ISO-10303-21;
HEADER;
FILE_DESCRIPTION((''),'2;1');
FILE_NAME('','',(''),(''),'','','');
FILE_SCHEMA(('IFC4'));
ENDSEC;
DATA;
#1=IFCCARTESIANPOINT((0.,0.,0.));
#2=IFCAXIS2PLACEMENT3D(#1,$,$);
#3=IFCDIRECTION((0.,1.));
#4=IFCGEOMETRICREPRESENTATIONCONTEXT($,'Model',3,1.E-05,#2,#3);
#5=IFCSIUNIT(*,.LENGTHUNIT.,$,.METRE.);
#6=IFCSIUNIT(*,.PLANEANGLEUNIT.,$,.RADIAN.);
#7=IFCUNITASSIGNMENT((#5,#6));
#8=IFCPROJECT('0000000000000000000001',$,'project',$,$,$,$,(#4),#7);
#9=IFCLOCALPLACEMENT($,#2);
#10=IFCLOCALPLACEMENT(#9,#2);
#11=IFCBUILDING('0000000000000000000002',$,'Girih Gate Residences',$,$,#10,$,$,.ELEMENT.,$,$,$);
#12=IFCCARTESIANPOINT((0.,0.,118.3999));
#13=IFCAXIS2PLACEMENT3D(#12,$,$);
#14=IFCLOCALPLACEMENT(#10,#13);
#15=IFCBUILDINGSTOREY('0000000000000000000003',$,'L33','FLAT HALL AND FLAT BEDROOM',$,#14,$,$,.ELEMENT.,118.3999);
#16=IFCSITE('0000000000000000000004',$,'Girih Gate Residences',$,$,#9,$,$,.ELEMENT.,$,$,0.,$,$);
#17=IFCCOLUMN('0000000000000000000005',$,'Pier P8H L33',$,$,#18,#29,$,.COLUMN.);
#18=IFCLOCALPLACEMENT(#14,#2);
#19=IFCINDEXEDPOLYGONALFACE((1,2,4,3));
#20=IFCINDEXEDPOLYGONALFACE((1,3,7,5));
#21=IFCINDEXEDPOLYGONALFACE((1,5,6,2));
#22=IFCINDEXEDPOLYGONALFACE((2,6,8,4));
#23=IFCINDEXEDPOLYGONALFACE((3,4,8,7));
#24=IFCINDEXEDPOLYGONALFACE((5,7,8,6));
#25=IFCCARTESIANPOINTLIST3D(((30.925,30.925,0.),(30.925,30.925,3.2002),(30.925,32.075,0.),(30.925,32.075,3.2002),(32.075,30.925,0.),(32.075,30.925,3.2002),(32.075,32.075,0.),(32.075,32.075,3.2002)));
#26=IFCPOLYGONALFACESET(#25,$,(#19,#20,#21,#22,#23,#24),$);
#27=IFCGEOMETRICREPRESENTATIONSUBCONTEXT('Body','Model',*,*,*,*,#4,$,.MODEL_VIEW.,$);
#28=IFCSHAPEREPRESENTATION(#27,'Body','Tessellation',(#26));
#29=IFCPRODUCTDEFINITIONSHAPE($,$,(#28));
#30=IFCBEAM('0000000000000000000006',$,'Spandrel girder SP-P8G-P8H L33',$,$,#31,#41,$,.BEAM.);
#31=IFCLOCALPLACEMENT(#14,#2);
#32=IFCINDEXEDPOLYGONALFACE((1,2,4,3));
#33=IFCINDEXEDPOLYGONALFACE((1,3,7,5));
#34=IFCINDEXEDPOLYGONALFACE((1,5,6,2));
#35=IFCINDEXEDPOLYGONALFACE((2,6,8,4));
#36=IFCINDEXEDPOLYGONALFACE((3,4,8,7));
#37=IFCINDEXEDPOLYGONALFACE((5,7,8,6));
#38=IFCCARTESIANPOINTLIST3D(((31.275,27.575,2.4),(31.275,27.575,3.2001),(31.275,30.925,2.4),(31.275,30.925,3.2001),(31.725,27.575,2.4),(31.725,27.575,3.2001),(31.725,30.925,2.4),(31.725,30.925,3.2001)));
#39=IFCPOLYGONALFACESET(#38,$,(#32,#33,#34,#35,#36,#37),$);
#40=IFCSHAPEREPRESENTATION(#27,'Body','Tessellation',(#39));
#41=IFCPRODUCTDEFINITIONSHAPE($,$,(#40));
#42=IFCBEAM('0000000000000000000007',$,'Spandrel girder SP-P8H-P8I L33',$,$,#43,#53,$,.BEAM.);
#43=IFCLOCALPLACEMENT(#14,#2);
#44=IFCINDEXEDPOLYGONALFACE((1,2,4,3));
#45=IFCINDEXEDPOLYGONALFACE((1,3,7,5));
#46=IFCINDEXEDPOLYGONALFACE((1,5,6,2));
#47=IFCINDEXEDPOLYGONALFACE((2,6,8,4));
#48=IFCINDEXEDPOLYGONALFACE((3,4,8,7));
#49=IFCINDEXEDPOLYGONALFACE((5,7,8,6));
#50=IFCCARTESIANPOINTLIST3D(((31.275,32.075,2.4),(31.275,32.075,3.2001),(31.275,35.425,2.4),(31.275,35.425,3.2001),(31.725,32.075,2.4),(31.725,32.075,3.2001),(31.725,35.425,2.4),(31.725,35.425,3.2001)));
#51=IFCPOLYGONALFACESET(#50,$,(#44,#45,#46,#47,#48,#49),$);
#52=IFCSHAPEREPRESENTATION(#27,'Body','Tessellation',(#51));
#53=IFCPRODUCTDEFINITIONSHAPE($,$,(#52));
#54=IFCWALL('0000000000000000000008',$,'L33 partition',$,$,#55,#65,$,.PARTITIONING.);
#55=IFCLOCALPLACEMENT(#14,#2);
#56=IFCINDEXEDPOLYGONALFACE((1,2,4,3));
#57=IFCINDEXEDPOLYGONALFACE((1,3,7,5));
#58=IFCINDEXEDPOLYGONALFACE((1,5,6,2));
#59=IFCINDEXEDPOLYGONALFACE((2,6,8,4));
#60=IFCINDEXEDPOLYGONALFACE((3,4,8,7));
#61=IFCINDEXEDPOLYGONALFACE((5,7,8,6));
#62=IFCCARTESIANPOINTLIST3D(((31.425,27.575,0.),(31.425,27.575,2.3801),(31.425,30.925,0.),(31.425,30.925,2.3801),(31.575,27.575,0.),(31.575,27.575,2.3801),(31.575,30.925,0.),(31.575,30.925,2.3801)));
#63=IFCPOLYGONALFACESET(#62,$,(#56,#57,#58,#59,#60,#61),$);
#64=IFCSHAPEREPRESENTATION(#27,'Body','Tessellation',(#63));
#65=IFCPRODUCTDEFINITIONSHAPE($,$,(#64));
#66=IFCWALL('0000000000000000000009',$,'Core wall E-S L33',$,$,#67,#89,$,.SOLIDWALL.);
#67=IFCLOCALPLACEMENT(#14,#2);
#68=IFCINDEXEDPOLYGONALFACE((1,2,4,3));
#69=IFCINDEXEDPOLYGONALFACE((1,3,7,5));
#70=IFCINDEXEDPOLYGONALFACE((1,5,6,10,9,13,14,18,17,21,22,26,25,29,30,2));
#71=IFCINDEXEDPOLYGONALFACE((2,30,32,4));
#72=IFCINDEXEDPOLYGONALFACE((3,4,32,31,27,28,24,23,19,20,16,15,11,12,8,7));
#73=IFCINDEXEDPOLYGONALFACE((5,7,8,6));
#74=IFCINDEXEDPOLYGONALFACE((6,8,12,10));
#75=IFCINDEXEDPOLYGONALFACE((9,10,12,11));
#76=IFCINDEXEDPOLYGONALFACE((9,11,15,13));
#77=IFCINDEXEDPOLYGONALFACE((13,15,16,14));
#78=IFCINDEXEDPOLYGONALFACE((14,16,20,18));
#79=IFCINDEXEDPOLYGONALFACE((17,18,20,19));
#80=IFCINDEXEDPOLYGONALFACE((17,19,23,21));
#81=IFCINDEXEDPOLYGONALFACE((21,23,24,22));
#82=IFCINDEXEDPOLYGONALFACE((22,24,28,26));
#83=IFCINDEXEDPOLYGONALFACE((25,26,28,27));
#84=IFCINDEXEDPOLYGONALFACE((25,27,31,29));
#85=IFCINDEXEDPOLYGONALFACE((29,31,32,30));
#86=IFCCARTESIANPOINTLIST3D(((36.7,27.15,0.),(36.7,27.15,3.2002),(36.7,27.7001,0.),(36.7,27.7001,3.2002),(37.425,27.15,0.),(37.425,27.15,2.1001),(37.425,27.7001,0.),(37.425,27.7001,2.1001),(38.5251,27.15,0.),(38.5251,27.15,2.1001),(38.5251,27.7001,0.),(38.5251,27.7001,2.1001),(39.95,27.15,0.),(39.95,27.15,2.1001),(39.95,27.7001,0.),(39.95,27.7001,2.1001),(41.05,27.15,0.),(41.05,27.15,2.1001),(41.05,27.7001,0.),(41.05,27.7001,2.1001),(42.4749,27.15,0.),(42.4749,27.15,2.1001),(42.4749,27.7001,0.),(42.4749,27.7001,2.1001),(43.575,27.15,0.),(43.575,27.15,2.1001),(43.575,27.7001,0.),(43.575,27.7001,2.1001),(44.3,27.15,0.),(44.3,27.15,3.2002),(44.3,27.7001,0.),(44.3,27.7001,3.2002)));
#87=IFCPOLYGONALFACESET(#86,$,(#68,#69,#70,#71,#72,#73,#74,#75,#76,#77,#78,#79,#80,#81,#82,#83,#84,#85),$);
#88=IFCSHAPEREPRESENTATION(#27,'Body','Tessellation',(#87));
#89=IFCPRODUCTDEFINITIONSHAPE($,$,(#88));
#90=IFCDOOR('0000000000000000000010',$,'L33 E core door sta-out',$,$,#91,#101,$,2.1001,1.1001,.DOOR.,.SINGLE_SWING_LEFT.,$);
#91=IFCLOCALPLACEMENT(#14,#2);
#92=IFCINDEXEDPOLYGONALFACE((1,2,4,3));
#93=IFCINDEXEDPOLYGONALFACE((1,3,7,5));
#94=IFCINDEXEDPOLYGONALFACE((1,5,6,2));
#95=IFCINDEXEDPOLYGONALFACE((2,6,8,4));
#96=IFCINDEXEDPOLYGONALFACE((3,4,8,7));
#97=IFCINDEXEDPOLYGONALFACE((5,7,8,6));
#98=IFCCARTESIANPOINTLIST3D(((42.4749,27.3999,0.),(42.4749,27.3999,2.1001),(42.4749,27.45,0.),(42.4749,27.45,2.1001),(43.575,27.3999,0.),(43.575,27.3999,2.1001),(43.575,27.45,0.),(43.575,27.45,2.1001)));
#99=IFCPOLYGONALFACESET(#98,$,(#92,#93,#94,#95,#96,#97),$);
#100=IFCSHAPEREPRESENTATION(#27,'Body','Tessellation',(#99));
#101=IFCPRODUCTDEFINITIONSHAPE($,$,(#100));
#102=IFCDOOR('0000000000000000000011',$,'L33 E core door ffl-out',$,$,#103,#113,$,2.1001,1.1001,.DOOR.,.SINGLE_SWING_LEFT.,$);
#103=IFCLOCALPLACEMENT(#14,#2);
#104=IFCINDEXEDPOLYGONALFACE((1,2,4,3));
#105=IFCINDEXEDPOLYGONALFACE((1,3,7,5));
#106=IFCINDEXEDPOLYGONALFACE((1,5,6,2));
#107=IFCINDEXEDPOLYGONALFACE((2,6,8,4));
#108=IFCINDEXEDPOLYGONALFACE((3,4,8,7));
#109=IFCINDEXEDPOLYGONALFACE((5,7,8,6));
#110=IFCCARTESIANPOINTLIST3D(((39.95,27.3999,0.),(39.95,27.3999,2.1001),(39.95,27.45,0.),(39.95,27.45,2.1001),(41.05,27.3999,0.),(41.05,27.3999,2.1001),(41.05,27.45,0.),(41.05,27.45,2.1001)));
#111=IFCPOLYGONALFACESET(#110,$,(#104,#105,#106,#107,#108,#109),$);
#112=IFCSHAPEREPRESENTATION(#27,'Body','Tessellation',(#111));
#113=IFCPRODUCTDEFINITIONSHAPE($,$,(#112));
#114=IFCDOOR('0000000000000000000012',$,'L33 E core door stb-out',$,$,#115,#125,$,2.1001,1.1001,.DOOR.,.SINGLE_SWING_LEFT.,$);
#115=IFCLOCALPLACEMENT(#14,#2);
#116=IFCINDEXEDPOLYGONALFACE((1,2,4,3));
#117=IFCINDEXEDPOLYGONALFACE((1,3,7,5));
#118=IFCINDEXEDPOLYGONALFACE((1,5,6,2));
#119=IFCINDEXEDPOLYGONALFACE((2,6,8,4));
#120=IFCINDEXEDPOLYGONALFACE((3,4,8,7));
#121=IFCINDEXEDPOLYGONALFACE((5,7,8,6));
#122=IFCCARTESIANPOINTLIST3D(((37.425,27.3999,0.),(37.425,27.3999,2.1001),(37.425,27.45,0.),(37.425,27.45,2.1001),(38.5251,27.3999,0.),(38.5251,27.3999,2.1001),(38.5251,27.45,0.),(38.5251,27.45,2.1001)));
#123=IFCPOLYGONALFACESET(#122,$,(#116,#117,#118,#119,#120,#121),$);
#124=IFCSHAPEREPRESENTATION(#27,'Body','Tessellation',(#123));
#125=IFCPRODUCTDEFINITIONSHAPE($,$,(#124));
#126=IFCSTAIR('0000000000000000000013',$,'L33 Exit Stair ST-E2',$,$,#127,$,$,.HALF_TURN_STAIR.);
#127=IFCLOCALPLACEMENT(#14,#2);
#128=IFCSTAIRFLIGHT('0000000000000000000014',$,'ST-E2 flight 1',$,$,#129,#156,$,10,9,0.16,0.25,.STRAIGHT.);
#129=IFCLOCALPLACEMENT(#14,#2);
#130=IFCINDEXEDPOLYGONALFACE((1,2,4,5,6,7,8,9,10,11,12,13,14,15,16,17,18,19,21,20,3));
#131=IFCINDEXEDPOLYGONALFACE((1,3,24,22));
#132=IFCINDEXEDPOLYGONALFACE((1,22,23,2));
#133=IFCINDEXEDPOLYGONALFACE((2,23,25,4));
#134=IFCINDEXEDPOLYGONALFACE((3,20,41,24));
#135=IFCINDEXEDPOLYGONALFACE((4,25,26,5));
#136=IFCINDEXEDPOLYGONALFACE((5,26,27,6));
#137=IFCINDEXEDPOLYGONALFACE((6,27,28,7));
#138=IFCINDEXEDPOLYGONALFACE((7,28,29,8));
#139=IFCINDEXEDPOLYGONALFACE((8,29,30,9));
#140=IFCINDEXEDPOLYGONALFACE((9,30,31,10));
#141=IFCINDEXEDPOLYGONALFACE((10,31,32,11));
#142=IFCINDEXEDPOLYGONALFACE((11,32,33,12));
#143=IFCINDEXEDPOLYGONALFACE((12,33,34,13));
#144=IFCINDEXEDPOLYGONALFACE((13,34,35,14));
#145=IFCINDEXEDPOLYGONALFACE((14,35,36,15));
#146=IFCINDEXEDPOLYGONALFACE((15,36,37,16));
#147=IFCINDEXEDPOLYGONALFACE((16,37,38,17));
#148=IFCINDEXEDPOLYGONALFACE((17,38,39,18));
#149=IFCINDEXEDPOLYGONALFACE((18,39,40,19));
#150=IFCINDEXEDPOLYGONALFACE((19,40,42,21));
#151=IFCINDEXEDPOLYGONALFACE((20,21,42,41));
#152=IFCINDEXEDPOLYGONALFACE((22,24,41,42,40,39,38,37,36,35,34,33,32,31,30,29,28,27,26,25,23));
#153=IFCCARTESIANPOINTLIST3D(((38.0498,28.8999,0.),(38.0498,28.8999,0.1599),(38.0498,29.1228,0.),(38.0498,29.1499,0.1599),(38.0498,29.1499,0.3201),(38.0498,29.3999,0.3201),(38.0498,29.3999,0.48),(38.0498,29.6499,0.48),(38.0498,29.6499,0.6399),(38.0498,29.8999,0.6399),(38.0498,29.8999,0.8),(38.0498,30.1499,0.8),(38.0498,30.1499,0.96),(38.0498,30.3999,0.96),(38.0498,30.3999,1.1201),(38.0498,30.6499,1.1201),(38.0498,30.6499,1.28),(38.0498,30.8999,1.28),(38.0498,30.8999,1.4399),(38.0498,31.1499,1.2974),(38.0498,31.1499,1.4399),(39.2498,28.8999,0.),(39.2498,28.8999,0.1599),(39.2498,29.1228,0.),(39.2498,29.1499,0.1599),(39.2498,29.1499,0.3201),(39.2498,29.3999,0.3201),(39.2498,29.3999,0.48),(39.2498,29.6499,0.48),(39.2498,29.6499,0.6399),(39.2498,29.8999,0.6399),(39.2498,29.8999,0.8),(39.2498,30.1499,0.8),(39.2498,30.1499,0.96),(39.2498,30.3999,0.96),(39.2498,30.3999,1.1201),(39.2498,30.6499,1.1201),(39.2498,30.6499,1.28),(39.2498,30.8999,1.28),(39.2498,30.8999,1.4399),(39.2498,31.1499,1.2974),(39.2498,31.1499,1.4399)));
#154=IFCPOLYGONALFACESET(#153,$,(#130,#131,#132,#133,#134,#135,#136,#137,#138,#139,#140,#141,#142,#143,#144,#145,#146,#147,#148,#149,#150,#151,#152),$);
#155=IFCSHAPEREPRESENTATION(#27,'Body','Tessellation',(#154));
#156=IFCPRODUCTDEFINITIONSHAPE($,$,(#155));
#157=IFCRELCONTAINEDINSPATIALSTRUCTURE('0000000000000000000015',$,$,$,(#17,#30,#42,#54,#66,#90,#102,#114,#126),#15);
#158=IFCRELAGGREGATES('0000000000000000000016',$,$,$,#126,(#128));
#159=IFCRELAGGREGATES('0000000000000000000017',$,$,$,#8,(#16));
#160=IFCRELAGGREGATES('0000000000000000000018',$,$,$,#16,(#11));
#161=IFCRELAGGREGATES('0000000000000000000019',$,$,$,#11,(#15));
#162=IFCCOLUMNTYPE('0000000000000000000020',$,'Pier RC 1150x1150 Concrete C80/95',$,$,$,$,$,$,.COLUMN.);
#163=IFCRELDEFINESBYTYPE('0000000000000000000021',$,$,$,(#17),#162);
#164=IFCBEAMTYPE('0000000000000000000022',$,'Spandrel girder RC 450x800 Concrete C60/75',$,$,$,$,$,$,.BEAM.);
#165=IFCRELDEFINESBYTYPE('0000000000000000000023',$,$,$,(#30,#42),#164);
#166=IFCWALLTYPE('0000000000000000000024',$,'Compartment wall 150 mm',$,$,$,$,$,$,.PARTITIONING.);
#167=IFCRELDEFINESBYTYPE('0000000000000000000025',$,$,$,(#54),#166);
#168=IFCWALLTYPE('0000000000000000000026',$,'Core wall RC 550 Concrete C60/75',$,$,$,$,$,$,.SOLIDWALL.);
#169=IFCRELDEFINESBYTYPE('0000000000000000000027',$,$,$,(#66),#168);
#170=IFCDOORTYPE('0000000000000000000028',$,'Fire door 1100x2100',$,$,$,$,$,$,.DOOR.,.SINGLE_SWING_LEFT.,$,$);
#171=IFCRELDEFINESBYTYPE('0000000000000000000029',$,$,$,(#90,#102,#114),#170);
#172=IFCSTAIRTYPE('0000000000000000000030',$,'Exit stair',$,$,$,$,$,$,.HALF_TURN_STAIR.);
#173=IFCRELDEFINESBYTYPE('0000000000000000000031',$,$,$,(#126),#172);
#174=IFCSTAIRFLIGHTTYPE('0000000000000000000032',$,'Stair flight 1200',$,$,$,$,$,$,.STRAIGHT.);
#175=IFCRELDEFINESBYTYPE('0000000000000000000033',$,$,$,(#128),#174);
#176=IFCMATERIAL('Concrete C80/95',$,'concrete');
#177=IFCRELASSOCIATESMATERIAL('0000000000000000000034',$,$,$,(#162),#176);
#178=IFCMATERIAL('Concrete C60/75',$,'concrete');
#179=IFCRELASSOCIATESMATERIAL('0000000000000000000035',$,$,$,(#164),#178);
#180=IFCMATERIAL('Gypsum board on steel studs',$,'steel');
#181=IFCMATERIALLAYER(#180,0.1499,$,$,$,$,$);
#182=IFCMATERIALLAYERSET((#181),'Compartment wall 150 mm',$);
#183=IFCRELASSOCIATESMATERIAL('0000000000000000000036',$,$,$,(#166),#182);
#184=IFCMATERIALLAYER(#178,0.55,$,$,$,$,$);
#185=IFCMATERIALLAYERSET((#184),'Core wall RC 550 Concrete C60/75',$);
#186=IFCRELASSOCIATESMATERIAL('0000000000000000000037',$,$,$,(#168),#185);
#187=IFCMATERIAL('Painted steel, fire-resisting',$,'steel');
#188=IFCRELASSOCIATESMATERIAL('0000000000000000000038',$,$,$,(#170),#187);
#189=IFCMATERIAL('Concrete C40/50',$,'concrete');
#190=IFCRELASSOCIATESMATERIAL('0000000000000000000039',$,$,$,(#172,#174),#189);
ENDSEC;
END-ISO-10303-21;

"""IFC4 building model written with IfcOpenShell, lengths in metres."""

from ifc_helpers import new_model, si_unit, direction, frame, frame_2d, origin, origin_2d, place, context, subcontext, project, spatial, polyline, rectangle, outline, extrude, material, layer, layer_set, material_profile, profile_set, type_object, element, fill, aggregate, save


model = new_model("IFC4")

# Units and contexts
model_context = context("Model", 3, precision=1e-05, world=origin(), true_north=direction((0.0, 1.0)))
body_context = subcontext(model_context, "Body", "Model", "MODEL_VIEW")
ifc_project = project(units=[si_unit("LENGTHUNIT", "METRE"), si_unit("PLANEANGLEUNIT", "RADIAN")], contexts=[model_context])

# Site, building, storey
site_placement = place(None, origin())
site = spatial("IfcSite", under=ifc_project, at=site_placement, Name="Girih Gate Residences", CompositionType="ELEMENT", RefElevation=0.0)
building_placement = place(site_placement, origin())
building = spatial("IfcBuilding", under=site, at=building_placement, Name="Girih Gate Residences", CompositionType="ELEMENT")
storey_placement = place(building_placement, frame((0.0, 0.0, 118.3999)))
storey = spatial("IfcBuildingStorey", under=building, at=storey_placement, Name="L33", Description="FLAT HALL AND FLAT BEDROOM", CompositionType="ELEMENT", Elevation=118.3999)

# Column
ifc_material_1 = material(Name="Concrete C80/95", Category="concrete")
ifc_material_profile_1 = material_profile(ifc_material_1, rectangle(XDim=1.1499, YDim=1.1499, at=origin_2d()))
ifc_profile_set_1 = profile_set([ifc_material_profile_1], Name="Concrete C80/95")
column_type = type_object("IfcColumnType", Name="Pier RC 1150x1150 Concrete C80/95", PredefinedType="COLUMN", material=ifc_profile_set_1)
column_placement = place(storey_placement, frame((31.5, 31.5, 0.0), z_axis=(0.0, 0.0, 1.0), x_axis=(1.0, 0.0, 0.0)))
element("IfcColumn", 1, at=column_placement, inside=storey, type_object=column_type, Name="Pier P8H L33", PredefinedType="COLUMN", context=body_context, shape_type="SweptSolid", body=[
    extrude(rectangle(XDim=1.1499, YDim=1.1499, at=origin_2d()), origin(), (0.0, 0.0, 1.0), 3.2002),
])

# Beams
ifc_material_2 = material(Name="Concrete C60/75", Category="concrete")
ifc_material_profile_2 = material_profile(ifc_material_2, rectangle(XDim=0.45, YDim=0.8, at=origin_2d()))
ifc_profile_set_2 = profile_set([ifc_material_profile_2], Name="Concrete C60/75")
beam_type = type_object("IfcBeamType", Name="Spandrel girder RC 450x800 Concrete C60/75", PredefinedType="BEAM", material=ifc_profile_set_2)
for number, where, z_axis, x_axis, name in (
    (2, (31.5, 27.575, 2.8), (0.0, 1.0, 0.0), (-1.0, 0.0, 0.0), "Spandrel girder SP-P8G-P8H L33"),
    (3, (31.5, 32.075, 2.8), (0.0, 1.0, 0.0), (-1.0, 0.0, 0.0), "Spandrel girder SP-P8H-P8I L33"),
):
    element("IfcBeam", number, at=place(storey_placement, frame(where, z_axis=z_axis, x_axis=x_axis)), inside=storey, type_object=beam_type, Name=name, PredefinedType="BEAM", context=body_context, shape_type="SweptSolid", body=[
        extrude(rectangle(XDim=0.45, YDim=0.8, at=origin_2d()), origin(), (0.0, 0.0, 1.0), 3.3501),
    ])

# Wall
ifc_material_3 = material(Name="Gypsum board on steel studs", Category="steel")
ifc_layer_1 = layer(ifc_material_3, 0.1499)
ifc_layer_set_1 = layer_set([ifc_layer_1], Name="Compartment wall 150 mm")
wall_type_1 = type_object("IfcWallType", Name="Compartment wall 150 mm", PredefinedType="PARTITIONING", material=ifc_layer_set_1)
wall_1_placement = place(storey_placement, frame((31.5, 27.575, 0.0), z_axis=(0.0, 0.0, 1.0), x_axis=(0.0, 1.0, 0.0)))
element("IfcWall", 4, at=wall_1_placement, inside=storey, type_object=wall_type_1, Name="L33 partition", PredefinedType="PARTITIONING", context=body_context, shape_type="SweptSolid", body=[
    extrude(rectangle(XDim=3.3501, YDim=0.1499, at=frame_2d((1.675, 0.0))), origin(), (0.0, 0.0, 1.0), 2.3801),
])

# Wall, openings, doors
ifc_layer_2 = layer(ifc_material_2, 0.55)
ifc_layer_set_2 = layer_set([ifc_layer_2], Name="Core wall RC 550 Concrete C60/75")
wall_type_2 = type_object("IfcWallType", Name="Core wall RC 550 Concrete C60/75", PredefinedType="SOLIDWALL", material=ifc_layer_set_2)
wall_2_placement = place(storey_placement, frame((36.7, 27.425, 0.0), z_axis=(0.0, 0.0, 1.0), x_axis=(1.0, 0.0, 0.0)))
wall_2 = element("IfcWall", 5, at=wall_2_placement, inside=storey, type_object=wall_type_2, Name="Core wall E-S L33", PredefinedType="SOLIDWALL", context=body_context, shape_type="SweptSolid", body=[
    extrude(rectangle(XDim=7.6001, YDim=0.55, at=frame_2d((3.8, 0.0))), origin(), (0.0, 0.0, 1.0), 3.2002),
])
opening_1_placement = place(wall_2_placement, frame((5.7749, 0.0, 0.0)))
opening_1 = element("IfcOpeningElement", 6, at=opening_1_placement, cuts=wall_2, PredefinedType="OPENING", context=body_context, shape_type="SweptSolid", body=[
    extrude(rectangle(XDim=1.1001, YDim=2.1001, at=frame_2d((0.55, 1.05))), frame((0.0, 0.2849, 0.0), z_axis=(0.0, -1.0, 0.0), x_axis=(1.0, 0.0, 0.0)), (0.0, 0.0, 1.0), 0.5701),
])
opening_2_placement = place(wall_2_placement, frame((3.25, 0.0, 0.0)))
opening_2 = element("IfcOpeningElement", 7, at=opening_2_placement, cuts=wall_2, PredefinedType="OPENING", context=body_context, shape_type="SweptSolid", body=[
    extrude(rectangle(XDim=1.1001, YDim=2.1001, at=frame_2d((0.55, 1.05))), frame((0.0, 0.2849, 0.0), z_axis=(0.0, -1.0, 0.0), x_axis=(1.0, 0.0, 0.0)), (0.0, 0.0, 1.0), 0.5701),
])
opening_3_placement = place(wall_2_placement, frame((0.7251, 0.0, 0.0)))
opening_3 = element("IfcOpeningElement", 8, at=opening_3_placement, cuts=wall_2, PredefinedType="OPENING", context=body_context, shape_type="SweptSolid", body=[
    extrude(rectangle(XDim=1.1001, YDim=2.1001, at=frame_2d((0.55, 1.05))), frame((0.0, 0.2849, 0.0), z_axis=(0.0, -1.0, 0.0), x_axis=(1.0, 0.0, 0.0)), (0.0, 0.0, 1.0), 0.5701),
])
ifc_material_4 = material(Name="Painted steel, fire-resisting", Category="steel")
door_type = type_object("IfcDoorType", Name="Fire door 1100x2100", OperationType="SINGLE_SWING_LEFT", PredefinedType="DOOR", material=ifc_material_4)
door_1_placement = place(opening_1_placement, origin())
door_1 = element("IfcDoor", 9, at=door_1_placement, inside=storey, type_object=door_type, Name="L33 E core door sta-out", OperationType="SINGLE_SWING_LEFT", OverallHeight=2.1001, OverallWidth=1.1001, PredefinedType="DOOR", context=body_context, shape_type="SweptSolid", body=[
    extrude(rectangle(XDim=1.1001, YDim=2.1001, at=frame_2d((0.55, 1.05))), frame((0.0, 0.0249, 0.0), z_axis=(0.0, -1.0, 0.0), x_axis=(1.0, 0.0, 0.0)), (0.0, 0.0, 1.0), 0.05),
])
fill(opening_1, door_1)
door_2_placement = place(opening_2_placement, origin())
door_2 = element("IfcDoor", 10, at=door_2_placement, inside=storey, type_object=door_type, Name="L33 E core door ffl-out", OperationType="SINGLE_SWING_LEFT", OverallHeight=2.1001, OverallWidth=1.1001, PredefinedType="DOOR", context=body_context, shape_type="SweptSolid", body=[
    extrude(rectangle(XDim=1.1001, YDim=2.1001, at=frame_2d((0.55, 1.05))), frame((0.0, 0.0249, 0.0), z_axis=(0.0, -1.0, 0.0), x_axis=(1.0, 0.0, 0.0)), (0.0, 0.0, 1.0), 0.05),
])
fill(opening_2, door_2)
door_3_placement = place(opening_3_placement, origin())
door_3 = element("IfcDoor", 11, at=door_3_placement, inside=storey, type_object=door_type, Name="L33 E core door stb-out", OperationType="SINGLE_SWING_LEFT", OverallHeight=2.1001, OverallWidth=1.1001, PredefinedType="DOOR", context=body_context, shape_type="SweptSolid", body=[
    extrude(rectangle(XDim=1.1001, YDim=2.1001, at=frame_2d((0.55, 1.05))), frame((0.0, 0.0249, 0.0), z_axis=(0.0, -1.0, 0.0), x_axis=(1.0, 0.0, 0.0)), (0.0, 0.0, 1.0), 0.05),
])
fill(opening_3, door_3)

# Stair, stair flight
ifc_material_5 = material(Name="Concrete C40/50", Category="concrete")
stair_type = type_object("IfcStairType", Name="Exit stair", PredefinedType="HALF_TURN_STAIR", material=ifc_material_5)
stair_placement = place(storey_placement, origin())
stair = element("IfcStair", 12, at=stair_placement, inside=storey, type_object=stair_type, Name="L33 Exit Stair ST-E2", PredefinedType="HALF_TURN_STAIR")
stair_flight_type = type_object("IfcStairFlightType", Name="Stair flight 1200", PredefinedType="STRAIGHT", material=ifc_material_5)
stair_flight_1_placement = place(storey_placement, frame((38.6499, 28.8999, 0.0), z_axis=(0.0, 0.0, 1.0), x_axis=(0.0, 1.0, 0.0)))
stair_flight_1 = element("IfcStairFlight", 13, at=stair_flight_1_placement, type_object=stair_flight_type, Name="ST-E2 flight 1", NumberOfRisers=10, NumberOfTreads=9, PredefinedType="STRAIGHT", RiserHeight=0.16, TreadLength=0.25, context=body_context, shape_type="SweptSolid", body=[
    extrude(outline(polyline([(0.0, 0.0), (0.0, 0.1599), (0.25, 0.1599), (0.25, 0.3201), (0.5, 0.3201), (0.5, 0.48), (0.75, 0.48), (0.75, 0.6399), (1.0, 0.6399), (1.0, 0.8), (1.25, 0.8), (1.25, 0.96), (1.5, 0.96), (1.5, 1.1201), (1.75, 1.1201), (1.75, 1.28), (2.0, 1.28), (2.0, 1.4399), (2.25, 1.4399), (2.25, 1.6001), (2.25, 1.2974), (0.2229, 0.0), (0.0, 0.0)])), frame((0.0, 0.6001, 0.0), z_axis=(0.0, -1.0, 0.0), x_axis=(1.0, 0.0, 0.0)), (0.0, 0.0, 1.0), 1.2),
])
aggregate(stair, [stair_flight_1])

save(model, "model.ifc")
